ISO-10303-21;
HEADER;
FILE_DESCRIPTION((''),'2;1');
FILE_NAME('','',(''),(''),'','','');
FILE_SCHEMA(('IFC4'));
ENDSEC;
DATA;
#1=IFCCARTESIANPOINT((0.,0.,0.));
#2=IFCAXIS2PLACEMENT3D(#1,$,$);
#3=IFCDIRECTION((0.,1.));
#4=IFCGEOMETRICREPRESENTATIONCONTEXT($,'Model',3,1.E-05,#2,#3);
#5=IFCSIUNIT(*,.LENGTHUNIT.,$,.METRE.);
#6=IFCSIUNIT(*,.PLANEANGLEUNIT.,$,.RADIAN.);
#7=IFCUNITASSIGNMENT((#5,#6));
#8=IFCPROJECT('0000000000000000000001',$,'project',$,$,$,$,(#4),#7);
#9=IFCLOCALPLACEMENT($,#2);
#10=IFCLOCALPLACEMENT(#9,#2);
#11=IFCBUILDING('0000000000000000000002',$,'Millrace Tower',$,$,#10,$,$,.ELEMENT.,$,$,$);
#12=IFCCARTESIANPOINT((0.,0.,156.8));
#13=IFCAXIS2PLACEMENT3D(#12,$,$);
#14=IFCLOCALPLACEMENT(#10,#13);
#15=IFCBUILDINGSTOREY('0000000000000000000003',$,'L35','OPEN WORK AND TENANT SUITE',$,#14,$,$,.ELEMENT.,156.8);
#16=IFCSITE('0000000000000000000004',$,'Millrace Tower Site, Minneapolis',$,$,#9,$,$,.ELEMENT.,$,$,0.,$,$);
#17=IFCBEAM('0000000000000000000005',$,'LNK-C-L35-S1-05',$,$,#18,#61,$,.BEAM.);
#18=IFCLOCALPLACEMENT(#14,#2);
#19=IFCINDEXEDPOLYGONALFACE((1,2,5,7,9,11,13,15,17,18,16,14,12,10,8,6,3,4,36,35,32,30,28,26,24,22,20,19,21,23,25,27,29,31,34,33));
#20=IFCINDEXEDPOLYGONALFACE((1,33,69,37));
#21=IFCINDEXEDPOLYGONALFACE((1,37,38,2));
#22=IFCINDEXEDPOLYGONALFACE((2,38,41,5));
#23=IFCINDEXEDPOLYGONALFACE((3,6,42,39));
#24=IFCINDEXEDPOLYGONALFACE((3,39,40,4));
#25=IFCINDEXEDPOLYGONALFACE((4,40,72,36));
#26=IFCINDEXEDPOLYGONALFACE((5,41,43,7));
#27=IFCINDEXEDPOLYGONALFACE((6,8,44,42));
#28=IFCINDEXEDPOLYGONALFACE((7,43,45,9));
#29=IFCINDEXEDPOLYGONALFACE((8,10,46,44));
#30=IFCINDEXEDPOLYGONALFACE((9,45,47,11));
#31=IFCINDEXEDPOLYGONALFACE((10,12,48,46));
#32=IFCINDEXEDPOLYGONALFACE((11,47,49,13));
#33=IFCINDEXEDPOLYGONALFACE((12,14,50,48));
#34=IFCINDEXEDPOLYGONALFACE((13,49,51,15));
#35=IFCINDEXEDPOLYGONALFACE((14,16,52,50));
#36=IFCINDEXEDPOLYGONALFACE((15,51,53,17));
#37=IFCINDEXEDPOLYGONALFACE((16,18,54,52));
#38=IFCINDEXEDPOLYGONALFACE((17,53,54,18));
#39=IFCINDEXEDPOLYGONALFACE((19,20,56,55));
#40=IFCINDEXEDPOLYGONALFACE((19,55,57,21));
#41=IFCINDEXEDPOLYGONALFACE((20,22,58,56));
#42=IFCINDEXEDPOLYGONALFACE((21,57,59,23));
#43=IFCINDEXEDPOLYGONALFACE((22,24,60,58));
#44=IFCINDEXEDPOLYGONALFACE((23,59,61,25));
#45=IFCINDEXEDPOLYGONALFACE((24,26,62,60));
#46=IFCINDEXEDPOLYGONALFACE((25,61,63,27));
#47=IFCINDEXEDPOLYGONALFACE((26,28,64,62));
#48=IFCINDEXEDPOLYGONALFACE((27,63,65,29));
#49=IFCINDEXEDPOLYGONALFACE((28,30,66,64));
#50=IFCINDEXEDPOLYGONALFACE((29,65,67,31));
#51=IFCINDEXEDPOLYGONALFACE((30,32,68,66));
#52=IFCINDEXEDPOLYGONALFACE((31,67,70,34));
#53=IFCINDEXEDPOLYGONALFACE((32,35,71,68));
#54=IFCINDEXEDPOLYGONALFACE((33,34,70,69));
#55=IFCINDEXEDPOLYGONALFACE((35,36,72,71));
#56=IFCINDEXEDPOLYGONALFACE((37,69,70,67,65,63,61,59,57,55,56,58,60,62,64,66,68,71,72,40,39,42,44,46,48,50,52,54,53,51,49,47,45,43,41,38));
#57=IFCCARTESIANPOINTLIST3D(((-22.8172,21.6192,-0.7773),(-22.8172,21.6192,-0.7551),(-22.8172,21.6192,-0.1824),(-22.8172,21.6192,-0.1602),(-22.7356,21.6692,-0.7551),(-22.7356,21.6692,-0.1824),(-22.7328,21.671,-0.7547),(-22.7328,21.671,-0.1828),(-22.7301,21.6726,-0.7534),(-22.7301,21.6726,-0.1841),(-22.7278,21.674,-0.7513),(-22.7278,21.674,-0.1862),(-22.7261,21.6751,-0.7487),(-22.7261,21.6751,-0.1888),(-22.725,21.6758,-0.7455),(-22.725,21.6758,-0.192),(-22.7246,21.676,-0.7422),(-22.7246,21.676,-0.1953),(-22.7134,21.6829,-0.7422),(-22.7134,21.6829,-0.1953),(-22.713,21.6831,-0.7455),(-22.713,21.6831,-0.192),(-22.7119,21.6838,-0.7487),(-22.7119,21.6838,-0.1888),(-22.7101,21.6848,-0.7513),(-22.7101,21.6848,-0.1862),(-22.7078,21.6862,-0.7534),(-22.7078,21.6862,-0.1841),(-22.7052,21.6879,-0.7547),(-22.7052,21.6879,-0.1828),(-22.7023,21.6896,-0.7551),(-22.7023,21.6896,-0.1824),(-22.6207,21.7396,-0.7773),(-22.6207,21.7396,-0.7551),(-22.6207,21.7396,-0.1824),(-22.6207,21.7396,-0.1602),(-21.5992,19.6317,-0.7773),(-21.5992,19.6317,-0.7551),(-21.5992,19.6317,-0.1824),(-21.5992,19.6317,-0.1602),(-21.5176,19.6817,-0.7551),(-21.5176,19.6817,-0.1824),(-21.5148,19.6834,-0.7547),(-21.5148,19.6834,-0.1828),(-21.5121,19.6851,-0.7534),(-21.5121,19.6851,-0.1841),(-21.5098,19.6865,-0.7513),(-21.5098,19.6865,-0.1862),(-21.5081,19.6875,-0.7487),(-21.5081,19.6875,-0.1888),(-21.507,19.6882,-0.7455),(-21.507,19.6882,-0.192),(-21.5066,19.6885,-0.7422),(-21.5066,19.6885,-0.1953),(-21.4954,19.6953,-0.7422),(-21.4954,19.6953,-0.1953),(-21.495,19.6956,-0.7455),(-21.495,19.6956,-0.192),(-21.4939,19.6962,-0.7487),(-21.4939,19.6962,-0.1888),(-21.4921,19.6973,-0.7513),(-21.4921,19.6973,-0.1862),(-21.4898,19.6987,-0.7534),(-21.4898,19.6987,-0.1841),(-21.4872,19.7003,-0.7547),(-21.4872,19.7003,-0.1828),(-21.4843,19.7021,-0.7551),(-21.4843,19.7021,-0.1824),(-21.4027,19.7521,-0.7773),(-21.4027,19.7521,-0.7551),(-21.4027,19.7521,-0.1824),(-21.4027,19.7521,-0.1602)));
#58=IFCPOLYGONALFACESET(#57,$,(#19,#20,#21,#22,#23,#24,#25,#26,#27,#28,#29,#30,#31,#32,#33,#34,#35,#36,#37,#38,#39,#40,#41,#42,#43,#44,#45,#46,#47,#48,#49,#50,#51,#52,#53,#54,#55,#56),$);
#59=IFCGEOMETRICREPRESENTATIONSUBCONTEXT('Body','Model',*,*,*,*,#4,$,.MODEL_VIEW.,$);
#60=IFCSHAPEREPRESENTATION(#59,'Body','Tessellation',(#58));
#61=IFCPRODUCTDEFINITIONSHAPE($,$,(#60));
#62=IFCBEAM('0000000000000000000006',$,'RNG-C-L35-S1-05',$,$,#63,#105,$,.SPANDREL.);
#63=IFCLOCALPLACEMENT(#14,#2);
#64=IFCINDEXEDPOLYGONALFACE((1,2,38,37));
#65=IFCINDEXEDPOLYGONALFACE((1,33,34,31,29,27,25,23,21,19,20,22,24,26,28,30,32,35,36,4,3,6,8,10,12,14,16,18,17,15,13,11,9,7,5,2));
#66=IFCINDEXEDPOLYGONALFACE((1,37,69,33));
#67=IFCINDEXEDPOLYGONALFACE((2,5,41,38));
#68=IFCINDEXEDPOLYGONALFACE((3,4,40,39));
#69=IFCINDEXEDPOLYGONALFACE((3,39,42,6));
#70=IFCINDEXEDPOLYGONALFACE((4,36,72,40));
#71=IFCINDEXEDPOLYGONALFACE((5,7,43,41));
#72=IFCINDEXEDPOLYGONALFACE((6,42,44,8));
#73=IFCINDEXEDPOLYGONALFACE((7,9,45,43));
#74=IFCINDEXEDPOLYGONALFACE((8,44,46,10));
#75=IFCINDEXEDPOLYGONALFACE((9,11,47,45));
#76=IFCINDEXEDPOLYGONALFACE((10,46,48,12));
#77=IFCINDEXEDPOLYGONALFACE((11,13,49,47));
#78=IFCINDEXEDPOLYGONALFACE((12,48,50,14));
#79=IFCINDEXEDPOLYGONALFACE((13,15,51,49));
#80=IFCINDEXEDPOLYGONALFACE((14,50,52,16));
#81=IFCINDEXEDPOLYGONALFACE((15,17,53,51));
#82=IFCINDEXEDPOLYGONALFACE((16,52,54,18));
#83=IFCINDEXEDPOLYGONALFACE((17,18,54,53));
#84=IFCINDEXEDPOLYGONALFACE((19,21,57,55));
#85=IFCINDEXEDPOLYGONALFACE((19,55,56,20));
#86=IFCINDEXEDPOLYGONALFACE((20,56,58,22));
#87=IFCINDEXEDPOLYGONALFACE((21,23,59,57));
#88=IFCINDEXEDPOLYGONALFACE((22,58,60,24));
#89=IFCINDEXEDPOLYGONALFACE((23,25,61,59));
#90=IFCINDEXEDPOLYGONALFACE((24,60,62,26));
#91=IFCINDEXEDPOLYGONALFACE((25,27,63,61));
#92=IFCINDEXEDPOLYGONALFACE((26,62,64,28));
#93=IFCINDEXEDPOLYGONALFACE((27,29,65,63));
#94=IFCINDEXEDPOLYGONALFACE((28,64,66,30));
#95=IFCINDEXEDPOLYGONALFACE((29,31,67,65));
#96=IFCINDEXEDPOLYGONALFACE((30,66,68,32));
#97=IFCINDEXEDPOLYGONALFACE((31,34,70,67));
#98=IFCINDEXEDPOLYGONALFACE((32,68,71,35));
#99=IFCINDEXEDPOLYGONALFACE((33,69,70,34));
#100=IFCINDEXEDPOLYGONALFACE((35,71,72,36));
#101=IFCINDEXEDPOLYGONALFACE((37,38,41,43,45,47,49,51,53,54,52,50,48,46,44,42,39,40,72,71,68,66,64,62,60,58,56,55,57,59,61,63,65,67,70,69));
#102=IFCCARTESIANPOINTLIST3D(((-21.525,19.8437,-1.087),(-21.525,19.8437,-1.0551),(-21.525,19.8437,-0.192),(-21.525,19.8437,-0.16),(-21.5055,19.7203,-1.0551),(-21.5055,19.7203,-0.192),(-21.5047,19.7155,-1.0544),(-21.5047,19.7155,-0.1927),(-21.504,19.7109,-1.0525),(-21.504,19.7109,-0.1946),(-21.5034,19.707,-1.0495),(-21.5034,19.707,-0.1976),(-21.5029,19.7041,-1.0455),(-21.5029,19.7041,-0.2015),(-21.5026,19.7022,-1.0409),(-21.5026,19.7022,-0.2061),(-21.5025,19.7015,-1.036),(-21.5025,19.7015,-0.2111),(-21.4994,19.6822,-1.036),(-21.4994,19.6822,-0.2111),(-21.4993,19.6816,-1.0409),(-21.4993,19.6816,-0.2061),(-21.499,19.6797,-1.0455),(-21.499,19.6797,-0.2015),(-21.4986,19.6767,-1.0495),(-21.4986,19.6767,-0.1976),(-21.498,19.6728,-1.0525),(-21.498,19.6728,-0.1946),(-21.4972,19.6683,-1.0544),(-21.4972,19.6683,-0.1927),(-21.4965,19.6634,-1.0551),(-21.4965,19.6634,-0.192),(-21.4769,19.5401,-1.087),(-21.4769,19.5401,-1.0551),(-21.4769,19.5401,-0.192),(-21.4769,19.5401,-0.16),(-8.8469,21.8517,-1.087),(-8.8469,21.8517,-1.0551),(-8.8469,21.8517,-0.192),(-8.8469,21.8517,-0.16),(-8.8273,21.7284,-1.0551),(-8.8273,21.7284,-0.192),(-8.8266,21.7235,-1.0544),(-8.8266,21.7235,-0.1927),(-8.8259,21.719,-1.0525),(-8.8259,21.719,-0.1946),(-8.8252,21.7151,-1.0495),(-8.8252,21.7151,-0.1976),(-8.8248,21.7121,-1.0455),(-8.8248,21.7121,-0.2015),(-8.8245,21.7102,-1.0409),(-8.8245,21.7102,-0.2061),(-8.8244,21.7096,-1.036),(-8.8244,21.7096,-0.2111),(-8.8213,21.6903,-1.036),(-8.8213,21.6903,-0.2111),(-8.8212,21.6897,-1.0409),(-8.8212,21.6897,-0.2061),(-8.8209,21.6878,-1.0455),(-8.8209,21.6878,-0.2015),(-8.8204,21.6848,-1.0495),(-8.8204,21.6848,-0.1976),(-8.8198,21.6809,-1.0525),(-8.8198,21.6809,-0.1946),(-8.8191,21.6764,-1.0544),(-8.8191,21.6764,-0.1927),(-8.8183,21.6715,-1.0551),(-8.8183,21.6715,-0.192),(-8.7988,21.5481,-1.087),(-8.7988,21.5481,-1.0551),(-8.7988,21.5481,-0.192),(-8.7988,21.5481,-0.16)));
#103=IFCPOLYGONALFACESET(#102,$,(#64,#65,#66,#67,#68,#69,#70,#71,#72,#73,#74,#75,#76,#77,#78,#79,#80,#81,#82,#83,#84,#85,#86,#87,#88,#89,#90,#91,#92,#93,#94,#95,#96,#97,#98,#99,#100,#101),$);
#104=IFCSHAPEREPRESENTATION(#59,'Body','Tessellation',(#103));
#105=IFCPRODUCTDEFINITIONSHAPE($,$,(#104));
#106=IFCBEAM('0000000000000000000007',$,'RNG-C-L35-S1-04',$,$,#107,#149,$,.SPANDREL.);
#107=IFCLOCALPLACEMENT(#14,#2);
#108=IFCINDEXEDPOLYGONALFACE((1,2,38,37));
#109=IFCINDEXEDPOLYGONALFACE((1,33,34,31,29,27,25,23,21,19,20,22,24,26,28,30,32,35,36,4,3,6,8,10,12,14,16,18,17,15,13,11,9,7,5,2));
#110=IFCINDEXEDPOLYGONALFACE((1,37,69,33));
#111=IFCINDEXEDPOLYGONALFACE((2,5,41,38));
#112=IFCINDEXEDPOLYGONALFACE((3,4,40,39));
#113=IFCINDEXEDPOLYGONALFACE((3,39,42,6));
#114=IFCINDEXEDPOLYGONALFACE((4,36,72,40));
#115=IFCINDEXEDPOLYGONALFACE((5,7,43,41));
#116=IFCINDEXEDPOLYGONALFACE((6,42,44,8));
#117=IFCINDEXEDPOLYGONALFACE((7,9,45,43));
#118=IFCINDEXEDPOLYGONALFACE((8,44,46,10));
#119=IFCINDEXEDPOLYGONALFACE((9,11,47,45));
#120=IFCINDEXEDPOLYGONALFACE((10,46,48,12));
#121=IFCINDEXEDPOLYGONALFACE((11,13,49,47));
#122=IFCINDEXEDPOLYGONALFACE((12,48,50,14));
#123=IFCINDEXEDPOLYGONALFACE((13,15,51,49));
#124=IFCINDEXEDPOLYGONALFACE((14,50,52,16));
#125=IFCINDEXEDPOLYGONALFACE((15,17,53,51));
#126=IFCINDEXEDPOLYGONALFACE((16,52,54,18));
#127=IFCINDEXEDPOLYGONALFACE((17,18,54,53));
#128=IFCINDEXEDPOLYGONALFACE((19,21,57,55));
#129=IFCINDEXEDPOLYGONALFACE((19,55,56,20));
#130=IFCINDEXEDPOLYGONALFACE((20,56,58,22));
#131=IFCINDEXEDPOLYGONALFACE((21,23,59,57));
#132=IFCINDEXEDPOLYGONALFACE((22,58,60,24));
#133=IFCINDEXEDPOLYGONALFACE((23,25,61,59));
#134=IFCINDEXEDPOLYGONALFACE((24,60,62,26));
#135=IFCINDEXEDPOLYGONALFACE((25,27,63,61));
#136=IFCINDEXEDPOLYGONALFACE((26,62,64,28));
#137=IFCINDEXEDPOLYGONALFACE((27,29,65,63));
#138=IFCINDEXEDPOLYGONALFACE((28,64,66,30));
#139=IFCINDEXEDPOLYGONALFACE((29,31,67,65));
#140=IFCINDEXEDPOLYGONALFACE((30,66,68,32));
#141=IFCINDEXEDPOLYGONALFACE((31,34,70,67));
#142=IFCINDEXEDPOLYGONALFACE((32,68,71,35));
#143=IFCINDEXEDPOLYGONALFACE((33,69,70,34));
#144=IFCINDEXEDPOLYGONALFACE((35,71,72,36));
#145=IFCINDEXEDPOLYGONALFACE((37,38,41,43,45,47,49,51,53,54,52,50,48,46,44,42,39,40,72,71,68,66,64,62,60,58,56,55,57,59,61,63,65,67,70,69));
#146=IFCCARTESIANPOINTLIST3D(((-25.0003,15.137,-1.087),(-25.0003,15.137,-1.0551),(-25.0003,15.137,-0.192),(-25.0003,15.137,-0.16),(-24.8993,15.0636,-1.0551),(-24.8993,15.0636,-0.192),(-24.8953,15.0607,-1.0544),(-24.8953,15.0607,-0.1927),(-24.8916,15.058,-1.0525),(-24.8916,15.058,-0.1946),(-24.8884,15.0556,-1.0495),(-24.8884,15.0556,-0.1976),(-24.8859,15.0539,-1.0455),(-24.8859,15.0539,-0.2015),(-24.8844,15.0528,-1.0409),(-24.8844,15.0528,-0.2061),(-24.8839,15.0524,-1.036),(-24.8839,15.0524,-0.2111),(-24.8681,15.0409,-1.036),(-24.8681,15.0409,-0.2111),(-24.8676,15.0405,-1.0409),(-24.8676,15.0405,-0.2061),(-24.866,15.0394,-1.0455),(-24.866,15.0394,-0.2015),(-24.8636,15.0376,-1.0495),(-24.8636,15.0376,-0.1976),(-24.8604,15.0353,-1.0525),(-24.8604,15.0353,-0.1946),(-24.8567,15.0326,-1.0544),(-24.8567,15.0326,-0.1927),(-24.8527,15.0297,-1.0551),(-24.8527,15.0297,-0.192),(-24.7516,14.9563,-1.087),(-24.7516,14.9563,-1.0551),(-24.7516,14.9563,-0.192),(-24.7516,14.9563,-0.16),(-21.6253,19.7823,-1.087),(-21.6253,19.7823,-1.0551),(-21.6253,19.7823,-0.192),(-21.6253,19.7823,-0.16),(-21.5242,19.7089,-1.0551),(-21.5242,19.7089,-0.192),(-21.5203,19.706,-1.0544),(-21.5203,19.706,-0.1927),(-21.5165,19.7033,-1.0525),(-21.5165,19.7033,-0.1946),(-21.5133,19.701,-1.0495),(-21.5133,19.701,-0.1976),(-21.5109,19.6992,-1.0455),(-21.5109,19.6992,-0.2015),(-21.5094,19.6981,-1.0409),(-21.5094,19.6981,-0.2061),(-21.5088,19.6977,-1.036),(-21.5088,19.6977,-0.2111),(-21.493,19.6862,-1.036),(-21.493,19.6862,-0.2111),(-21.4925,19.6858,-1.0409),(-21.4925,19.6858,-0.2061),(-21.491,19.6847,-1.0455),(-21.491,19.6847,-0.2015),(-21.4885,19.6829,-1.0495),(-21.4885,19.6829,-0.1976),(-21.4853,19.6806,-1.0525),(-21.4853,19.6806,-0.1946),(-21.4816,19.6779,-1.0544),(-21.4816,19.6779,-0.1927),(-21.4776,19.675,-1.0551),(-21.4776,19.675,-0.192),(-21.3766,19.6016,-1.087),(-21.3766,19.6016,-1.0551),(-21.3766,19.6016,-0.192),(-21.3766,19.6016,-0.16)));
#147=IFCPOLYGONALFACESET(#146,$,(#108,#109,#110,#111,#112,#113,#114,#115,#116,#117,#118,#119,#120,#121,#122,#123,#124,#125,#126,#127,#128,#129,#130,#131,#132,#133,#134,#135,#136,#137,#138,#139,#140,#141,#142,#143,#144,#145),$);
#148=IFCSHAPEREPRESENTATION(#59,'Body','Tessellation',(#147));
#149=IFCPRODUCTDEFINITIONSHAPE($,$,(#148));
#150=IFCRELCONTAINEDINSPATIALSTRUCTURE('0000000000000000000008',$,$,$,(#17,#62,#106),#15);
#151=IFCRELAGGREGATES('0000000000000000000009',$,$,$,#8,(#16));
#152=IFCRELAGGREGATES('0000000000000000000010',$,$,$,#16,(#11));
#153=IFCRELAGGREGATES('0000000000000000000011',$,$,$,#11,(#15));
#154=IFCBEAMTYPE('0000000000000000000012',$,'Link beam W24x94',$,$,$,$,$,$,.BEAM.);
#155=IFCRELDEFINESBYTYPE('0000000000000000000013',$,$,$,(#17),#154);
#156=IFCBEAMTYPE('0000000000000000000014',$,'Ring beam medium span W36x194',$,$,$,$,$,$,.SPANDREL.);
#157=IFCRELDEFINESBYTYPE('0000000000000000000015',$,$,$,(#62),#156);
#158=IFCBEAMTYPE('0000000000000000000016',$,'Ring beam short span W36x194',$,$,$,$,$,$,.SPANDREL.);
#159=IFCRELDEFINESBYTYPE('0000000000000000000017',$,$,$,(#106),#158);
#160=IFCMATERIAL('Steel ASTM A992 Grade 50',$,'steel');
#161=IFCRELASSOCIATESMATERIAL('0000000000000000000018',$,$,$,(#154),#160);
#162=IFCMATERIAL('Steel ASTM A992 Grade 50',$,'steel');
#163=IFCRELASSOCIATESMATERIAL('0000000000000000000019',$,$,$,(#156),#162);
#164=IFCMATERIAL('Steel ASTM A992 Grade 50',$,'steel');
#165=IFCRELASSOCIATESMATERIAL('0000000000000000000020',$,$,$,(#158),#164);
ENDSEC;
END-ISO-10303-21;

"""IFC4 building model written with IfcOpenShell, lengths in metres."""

from ifc_helpers import new_model, si_unit, direction, frame, origin, origin_2d, place, context, subcontext, project, spatial, i_section, extrude, material, material_profile, profile_set, type_object, element, save


model = new_model("IFC4")

# Units and contexts
model_context = context("Model", 3, precision=1e-05, world=origin(), true_north=direction((0.0, 1.0)))
body_context = subcontext(model_context, "Body", "Model", "MODEL_VIEW")
ifc_project = project(units=[si_unit("LENGTHUNIT", "METRE"), si_unit("PLANEANGLEUNIT", "RADIAN")], contexts=[model_context])

# Site, building, storey
site_placement = place(None, origin())
site = spatial("IfcSite", under=ifc_project, at=site_placement, Name="Millrace Tower Site, Minneapolis", CompositionType="ELEMENT", RefElevation=0.0)
building_placement = place(site_placement, origin())
building = spatial("IfcBuilding", under=site, at=building_placement, Name="Millrace Tower", CompositionType="ELEMENT")
storey_placement = place(building_placement, frame((0.0, 0.0, 156.8)))
storey = spatial("IfcBuildingStorey", under=building, at=storey_placement, Name="L35", Description="OPEN WORK AND TENANT SUITE", CompositionType="ELEMENT", Elevation=156.8)

# Beams
ifc_material_1 = material(Name="Steel ASTM A992 Grade 50", Category="steel")
ifc_material_profile_1 = material_profile(ifc_material_1, i_section(OverallWidth=0.2305, OverallDepth=0.6172, WebThickness=0.0132, FlangeThickness=0.0222, FilletRadius=0.0129, at=origin_2d()))
ifc_profile_set_1 = profile_set([ifc_material_profile_1], Name="Steel ASTM A992 Grade 50")
beam_type_1 = type_object("IfcBeamType", Name="Link beam W24x94", PredefinedType="BEAM", material=ifc_profile_set_1)
for number, where, z_axis, x_axis, name in (
    (1, (-21.501, 19.6919, -0.4688), (-0.522513, 0.852631, 0.0), (-0.852631, -0.522513, 0.0), "LNK-C-L35-S1-05"),
):
    element("IfcBeam", number, at=place(storey_placement, frame(where, z_axis=z_axis, x_axis=x_axis)), inside=storey, type_object=beam_type_1, Name=name, PredefinedType="BEAM", context=body_context, shape_type="SweptSolid", body=[
        extrude(i_section(OverallWidth=0.2305, OverallDepth=0.6172, WebThickness=0.0132, FlangeThickness=0.0222, FilletRadius=0.0129, at=origin_2d()), origin(), (0.0, 0.0, 1.0), 2.3311),
    ])
ifc_material_2 = material(Name="Steel ASTM A992 Grade 50", Category="steel")
ifc_material_profile_2 = material_profile(ifc_material_2, i_section(OverallWidth=0.3074, OverallDepth=0.927, WebThickness=0.0195, FlangeThickness=0.032, FilletRadius=0.019, at=origin_2d()))
ifc_profile_set_2 = profile_set([ifc_material_profile_2], Name="Steel ASTM A992 Grade 50")
beam_type_2 = type_object("IfcBeamType", Name="Ring beam medium span W36x194", PredefinedType="SPANDREL", material=ifc_profile_set_2)
beam_1_placement = place(storey_placement, frame((-21.501, 19.6919, -0.6235), z_axis=(0.987688, 0.156436, 0.0), x_axis=(-0.156436, 0.987688, 0.0)))
element("IfcBeam", 2, at=beam_1_placement, inside=storey, type_object=beam_type_2, Name="RNG-C-L35-S1-05", PredefinedType="SPANDREL", context=body_context, shape_type="SweptSolid", body=[
    extrude(i_section(OverallWidth=0.3074, OverallDepth=0.927, WebThickness=0.0195, FlangeThickness=0.032, FilletRadius=0.019, at=origin_2d()), origin(), (0.0, 0.0, 1.0), 12.8362),
])
ifc_material_3 = material(Name="Steel ASTM A992 Grade 50", Category="steel")
ifc_material_profile_3 = material_profile(ifc_material_3, i_section(OverallWidth=0.3074, OverallDepth=0.927, WebThickness=0.0195, FlangeThickness=0.032, FilletRadius=0.019, at=origin_2d()))
ifc_profile_set_3 = profile_set([ifc_material_profile_3], Name="Steel ASTM A992 Grade 50")
beam_type_3 = type_object("IfcBeamType", Name="Ring beam short span W36x194", PredefinedType="SPANDREL", material=ifc_profile_set_3)
beam_2_placement = place(storey_placement, frame((-24.876, 15.0466, -0.6235), z_axis=(0.587787, 0.809015, 0.0), x_axis=(-0.809015, 0.587787, 0.0)))
element("IfcBeam", 3, at=beam_2_placement, inside=storey, type_object=beam_type_3, Name="RNG-C-L35-S1-04", PredefinedType="SPANDREL", context=body_context, shape_type="SweptSolid", body=[
    extrude(i_section(OverallWidth=0.3074, OverallDepth=0.927, WebThickness=0.0195, FlangeThickness=0.032, FilletRadius=0.019, at=origin_2d()), origin(), (0.0, 0.0, 1.0), 5.7419),
])

save(model, "model.ifc")
